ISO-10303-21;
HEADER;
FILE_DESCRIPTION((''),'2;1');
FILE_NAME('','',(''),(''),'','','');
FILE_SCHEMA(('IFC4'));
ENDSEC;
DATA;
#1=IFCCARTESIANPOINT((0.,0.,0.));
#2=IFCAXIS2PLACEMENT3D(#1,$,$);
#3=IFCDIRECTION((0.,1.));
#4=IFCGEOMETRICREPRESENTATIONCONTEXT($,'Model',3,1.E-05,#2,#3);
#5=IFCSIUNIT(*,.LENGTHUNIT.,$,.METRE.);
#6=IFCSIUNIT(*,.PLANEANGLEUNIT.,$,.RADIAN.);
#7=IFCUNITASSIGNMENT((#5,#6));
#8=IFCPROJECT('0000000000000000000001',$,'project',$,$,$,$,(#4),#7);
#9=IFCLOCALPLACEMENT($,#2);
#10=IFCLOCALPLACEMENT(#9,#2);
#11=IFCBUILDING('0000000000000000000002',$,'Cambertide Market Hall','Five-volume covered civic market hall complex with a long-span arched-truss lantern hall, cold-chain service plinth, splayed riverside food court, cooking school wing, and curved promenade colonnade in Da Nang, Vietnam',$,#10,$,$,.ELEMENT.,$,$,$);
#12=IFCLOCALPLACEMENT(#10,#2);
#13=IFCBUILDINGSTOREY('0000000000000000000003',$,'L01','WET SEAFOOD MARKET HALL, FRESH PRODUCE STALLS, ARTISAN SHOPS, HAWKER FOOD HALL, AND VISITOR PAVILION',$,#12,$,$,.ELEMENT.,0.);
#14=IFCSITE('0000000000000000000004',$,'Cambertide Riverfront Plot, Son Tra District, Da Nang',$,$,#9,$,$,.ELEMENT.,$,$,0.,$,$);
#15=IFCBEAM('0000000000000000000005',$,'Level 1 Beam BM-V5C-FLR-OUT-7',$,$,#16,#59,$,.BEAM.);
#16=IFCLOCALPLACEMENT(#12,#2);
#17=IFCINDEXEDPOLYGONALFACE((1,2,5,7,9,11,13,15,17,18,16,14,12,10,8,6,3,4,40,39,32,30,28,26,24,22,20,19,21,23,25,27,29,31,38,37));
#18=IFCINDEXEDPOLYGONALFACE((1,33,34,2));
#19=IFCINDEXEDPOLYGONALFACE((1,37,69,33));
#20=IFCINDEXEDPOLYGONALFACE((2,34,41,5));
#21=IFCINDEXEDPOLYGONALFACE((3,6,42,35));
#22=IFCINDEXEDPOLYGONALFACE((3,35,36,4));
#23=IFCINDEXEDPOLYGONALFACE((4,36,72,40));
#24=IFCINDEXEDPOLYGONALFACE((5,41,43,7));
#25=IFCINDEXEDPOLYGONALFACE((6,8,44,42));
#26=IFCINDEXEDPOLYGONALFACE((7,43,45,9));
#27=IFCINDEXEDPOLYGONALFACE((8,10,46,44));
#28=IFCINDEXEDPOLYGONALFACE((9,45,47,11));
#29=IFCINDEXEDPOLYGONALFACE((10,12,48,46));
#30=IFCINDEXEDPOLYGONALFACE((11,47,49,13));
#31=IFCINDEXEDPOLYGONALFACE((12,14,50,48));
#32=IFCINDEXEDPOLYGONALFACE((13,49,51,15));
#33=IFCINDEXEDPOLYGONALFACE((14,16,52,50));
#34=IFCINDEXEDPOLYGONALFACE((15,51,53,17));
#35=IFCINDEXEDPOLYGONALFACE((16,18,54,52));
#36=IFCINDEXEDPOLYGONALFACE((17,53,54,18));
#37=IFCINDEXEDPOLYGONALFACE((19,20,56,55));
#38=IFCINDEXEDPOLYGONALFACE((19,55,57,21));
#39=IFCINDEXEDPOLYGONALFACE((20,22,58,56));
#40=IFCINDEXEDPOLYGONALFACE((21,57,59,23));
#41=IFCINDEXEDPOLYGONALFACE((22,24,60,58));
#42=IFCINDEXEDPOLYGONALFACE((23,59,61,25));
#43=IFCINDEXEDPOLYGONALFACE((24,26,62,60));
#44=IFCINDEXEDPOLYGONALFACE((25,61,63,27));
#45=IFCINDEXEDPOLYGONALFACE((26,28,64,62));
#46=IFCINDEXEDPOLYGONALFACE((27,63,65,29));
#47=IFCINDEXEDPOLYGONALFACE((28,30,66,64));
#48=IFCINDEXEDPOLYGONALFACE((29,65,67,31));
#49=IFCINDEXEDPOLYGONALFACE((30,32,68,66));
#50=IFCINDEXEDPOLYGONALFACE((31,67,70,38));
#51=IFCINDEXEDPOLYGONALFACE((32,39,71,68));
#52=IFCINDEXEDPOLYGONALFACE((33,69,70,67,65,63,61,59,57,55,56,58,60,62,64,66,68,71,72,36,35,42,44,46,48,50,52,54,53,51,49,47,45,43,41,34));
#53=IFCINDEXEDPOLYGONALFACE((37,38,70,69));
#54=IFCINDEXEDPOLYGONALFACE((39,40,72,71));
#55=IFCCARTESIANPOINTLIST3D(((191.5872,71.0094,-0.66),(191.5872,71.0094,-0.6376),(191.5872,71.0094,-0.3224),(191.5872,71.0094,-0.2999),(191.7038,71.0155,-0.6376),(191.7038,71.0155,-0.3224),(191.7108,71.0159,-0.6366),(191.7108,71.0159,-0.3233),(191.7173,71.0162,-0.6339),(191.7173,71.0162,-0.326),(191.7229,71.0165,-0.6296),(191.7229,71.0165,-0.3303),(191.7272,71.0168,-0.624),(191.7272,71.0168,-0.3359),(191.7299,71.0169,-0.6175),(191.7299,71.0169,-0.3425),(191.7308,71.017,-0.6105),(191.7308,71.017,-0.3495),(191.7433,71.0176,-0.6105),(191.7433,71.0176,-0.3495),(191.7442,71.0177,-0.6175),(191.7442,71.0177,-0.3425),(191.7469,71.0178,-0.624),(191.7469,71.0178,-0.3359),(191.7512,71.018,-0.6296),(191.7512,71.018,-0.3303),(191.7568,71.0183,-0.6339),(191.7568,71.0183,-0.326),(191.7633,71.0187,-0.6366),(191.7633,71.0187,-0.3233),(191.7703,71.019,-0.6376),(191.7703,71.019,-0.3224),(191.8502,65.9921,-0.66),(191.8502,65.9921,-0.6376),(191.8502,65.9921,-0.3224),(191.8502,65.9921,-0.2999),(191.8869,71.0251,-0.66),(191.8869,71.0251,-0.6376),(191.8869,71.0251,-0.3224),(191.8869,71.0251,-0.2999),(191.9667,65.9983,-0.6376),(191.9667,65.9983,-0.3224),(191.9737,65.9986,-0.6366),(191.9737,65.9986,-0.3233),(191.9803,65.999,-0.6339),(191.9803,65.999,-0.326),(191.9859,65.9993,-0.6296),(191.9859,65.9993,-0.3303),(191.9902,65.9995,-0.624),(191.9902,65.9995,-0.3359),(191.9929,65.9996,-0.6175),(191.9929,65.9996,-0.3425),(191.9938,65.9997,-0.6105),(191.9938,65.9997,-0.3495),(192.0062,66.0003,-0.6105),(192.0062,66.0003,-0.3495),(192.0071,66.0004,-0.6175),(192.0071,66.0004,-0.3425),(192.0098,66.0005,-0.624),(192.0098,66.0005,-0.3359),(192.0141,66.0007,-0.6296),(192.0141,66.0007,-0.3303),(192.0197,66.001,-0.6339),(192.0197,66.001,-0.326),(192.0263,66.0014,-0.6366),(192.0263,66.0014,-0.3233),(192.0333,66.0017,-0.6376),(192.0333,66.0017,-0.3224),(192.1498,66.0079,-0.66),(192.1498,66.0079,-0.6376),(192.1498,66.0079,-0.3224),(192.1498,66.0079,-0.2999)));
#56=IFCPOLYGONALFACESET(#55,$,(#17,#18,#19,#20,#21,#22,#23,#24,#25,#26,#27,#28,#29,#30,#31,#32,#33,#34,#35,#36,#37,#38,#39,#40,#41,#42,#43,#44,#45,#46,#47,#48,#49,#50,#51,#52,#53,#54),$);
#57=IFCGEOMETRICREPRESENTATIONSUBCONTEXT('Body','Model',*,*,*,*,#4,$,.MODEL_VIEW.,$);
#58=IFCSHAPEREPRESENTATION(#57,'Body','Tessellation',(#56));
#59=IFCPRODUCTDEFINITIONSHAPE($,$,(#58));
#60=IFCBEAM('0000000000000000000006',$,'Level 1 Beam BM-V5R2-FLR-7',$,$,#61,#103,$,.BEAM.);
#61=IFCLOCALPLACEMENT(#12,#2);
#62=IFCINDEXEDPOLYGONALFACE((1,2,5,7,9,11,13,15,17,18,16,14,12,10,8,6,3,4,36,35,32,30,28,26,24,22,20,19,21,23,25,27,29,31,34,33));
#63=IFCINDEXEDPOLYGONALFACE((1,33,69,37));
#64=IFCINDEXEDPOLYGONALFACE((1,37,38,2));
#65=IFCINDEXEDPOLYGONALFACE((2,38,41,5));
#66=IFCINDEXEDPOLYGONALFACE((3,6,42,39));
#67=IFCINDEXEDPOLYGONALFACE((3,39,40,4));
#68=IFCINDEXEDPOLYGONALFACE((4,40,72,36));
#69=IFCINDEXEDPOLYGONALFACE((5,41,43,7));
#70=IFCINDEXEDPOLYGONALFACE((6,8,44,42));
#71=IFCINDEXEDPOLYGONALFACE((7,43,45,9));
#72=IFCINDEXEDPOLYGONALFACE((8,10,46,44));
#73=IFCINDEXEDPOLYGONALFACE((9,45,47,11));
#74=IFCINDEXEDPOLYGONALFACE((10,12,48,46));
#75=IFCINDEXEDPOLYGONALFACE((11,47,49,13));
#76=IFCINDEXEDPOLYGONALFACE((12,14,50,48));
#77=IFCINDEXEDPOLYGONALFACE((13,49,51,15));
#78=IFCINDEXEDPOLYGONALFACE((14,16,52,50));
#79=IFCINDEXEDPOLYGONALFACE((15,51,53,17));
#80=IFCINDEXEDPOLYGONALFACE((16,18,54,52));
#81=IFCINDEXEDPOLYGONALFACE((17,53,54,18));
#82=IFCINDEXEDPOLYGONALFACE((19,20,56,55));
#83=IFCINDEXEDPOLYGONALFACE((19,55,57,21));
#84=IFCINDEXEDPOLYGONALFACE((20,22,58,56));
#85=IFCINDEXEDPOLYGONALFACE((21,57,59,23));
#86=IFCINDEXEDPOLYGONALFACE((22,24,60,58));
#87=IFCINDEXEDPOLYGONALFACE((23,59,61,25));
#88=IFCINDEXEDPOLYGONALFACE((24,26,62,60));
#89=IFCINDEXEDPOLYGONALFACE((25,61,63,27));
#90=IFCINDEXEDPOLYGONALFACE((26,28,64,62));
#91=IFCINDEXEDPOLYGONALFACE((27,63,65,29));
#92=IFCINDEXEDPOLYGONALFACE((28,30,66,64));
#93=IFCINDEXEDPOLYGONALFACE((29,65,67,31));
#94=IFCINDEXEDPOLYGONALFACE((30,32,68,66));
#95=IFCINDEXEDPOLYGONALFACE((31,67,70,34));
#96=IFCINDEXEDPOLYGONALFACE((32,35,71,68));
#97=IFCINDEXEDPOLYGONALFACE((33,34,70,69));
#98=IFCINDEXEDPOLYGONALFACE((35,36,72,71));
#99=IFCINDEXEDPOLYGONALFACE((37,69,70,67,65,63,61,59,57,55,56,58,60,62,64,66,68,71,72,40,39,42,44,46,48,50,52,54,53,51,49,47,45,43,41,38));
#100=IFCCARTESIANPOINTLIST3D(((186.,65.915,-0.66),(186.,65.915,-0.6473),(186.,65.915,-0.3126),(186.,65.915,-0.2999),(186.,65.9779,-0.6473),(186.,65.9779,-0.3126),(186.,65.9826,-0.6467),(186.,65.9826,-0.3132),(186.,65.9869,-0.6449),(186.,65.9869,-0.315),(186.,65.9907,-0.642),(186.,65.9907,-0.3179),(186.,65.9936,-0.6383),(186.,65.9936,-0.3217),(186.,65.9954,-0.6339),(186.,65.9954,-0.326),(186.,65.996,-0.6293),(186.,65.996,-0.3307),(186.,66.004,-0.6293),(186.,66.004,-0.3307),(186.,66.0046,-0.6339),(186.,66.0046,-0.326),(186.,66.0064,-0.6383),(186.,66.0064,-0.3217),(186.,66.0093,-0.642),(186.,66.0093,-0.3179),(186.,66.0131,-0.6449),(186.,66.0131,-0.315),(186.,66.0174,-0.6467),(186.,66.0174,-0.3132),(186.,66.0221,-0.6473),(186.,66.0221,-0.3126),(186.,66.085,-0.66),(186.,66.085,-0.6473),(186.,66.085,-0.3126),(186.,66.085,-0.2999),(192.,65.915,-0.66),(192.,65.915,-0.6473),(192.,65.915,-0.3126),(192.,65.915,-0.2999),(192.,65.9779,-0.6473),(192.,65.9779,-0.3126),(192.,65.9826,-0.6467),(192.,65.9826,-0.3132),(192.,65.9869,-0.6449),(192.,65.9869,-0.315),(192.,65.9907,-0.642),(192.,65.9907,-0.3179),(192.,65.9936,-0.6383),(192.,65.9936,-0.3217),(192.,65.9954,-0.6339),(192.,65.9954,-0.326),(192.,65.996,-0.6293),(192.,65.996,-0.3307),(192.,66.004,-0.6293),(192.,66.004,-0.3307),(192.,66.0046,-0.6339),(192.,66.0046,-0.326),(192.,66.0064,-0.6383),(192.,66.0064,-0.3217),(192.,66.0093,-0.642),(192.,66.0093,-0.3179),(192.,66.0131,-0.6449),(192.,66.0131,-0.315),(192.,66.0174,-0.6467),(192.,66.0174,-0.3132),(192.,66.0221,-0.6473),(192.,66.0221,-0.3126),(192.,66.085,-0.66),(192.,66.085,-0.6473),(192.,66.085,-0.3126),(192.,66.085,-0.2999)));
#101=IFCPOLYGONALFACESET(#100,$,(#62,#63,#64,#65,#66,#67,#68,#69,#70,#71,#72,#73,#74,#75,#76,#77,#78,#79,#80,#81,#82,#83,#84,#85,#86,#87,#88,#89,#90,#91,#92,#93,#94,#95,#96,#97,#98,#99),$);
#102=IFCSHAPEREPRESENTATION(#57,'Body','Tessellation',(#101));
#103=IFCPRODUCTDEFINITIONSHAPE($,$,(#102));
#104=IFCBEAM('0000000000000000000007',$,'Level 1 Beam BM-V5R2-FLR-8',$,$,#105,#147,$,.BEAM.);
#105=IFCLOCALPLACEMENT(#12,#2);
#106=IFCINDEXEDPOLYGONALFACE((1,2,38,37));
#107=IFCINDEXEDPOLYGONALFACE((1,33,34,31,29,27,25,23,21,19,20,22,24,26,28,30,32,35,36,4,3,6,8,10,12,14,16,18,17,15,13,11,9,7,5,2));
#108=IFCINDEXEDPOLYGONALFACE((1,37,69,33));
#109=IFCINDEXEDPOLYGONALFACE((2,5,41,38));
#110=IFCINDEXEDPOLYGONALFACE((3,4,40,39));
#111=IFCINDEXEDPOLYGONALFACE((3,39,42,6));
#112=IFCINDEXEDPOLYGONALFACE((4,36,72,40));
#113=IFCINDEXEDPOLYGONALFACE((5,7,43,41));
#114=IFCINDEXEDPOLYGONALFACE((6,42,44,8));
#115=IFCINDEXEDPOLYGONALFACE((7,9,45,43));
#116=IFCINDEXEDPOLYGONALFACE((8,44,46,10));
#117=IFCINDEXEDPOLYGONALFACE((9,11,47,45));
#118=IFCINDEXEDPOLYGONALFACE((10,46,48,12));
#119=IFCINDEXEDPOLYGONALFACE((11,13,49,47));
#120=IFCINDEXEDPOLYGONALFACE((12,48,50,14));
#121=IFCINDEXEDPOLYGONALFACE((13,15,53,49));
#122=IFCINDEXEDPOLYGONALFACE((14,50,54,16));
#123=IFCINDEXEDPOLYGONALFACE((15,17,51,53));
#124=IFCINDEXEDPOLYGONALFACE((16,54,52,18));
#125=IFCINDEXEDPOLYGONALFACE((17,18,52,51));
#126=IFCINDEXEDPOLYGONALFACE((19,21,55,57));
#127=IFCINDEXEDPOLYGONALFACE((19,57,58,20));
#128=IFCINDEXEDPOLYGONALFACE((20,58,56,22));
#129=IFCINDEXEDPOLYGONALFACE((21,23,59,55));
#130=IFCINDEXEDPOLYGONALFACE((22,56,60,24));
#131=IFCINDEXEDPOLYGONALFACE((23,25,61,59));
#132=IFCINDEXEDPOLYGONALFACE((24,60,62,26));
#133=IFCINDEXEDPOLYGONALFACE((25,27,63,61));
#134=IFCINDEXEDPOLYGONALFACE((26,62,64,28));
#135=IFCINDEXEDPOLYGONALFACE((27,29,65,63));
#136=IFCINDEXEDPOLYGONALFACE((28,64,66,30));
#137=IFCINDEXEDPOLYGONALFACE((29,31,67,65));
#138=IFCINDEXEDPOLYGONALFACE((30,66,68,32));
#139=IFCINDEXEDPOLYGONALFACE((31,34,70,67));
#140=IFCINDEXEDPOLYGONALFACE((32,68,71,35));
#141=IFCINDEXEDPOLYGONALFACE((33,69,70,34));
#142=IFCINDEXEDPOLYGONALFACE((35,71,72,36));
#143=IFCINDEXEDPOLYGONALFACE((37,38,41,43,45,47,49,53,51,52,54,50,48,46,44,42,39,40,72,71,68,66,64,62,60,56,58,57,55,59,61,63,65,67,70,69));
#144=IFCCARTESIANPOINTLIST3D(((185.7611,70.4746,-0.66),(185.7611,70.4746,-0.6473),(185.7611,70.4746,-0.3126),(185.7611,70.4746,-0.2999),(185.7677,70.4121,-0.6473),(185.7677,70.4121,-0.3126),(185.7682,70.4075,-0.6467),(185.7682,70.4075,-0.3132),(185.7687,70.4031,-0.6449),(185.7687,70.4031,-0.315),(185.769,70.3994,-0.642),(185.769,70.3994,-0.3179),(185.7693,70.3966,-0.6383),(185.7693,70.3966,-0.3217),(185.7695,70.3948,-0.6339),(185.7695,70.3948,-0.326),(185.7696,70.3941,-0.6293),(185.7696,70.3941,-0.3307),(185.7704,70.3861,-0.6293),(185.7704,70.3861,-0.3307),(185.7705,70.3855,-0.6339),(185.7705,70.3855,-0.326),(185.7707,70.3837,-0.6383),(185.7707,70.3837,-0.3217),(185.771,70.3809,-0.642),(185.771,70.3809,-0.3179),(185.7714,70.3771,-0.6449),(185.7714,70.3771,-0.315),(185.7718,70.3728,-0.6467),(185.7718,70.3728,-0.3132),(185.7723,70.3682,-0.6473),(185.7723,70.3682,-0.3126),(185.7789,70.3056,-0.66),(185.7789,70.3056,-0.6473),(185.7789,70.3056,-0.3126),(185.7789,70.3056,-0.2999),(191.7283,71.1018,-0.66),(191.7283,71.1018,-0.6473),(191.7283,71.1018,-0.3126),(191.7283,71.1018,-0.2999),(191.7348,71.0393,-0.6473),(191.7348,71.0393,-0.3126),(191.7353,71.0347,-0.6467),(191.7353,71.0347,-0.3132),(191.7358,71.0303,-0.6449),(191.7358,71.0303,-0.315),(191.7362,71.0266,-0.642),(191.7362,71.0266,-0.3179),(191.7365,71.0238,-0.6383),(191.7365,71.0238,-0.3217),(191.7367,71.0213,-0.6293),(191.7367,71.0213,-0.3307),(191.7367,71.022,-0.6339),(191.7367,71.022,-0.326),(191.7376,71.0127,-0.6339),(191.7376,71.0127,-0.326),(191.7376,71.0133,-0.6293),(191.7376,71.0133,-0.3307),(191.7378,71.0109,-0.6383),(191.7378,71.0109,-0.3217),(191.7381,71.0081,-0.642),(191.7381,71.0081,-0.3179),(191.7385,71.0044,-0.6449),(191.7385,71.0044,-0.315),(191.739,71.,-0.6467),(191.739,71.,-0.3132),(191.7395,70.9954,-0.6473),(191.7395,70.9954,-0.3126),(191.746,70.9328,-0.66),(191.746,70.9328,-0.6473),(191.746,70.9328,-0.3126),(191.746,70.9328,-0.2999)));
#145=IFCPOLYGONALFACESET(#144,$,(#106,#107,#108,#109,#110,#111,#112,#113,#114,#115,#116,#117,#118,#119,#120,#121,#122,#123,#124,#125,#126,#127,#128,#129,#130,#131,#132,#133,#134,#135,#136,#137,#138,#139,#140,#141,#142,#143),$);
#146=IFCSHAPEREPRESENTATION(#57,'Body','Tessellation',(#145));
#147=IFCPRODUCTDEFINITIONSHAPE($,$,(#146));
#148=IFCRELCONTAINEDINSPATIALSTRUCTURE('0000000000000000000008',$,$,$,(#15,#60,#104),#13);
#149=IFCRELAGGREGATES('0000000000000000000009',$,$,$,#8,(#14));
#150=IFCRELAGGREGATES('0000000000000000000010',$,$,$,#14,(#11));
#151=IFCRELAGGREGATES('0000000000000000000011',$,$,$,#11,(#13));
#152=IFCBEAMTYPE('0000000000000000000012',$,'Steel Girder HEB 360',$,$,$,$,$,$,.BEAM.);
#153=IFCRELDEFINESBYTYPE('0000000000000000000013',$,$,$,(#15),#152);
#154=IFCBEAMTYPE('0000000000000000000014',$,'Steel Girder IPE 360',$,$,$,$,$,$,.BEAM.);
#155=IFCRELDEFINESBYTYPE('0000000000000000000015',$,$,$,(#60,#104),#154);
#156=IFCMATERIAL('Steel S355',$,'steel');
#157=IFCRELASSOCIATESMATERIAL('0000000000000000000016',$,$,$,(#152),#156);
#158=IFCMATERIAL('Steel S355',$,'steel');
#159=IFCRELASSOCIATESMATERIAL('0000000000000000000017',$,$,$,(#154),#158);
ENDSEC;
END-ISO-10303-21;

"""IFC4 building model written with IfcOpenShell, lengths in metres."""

from ifc_helpers import new_model, si_unit, direction, frame, origin, origin_2d, place, context, subcontext, project, spatial, i_section, extrude, material, material_profile, profile_set, type_object, element, save


model = new_model("IFC4")

# Units and contexts
model_context = context("Model", 3, precision=1e-05, world=origin(), true_north=direction((0.0, 1.0)))
body_context = subcontext(model_context, "Body", "Model", "MODEL_VIEW")
ifc_project = project(units=[si_unit("LENGTHUNIT", "METRE"), si_unit("PLANEANGLEUNIT", "RADIAN")], contexts=[model_context])

# Site, building, storey
site_placement = place(None, origin())
site = spatial("IfcSite", under=ifc_project, at=site_placement, Name="Cambertide Riverfront Plot, Son Tra District, Da Nang", CompositionType="ELEMENT", RefElevation=0.0)
building_placement = place(site_placement, origin())
building = spatial("IfcBuilding", under=site, at=building_placement, Name="Cambertide Market Hall", Description="Five-volume covered civic market hall complex with a long-span arched-truss lantern hall, cold-chain service plinth, splayed riverside food court, cooking school wing, and curved promenade colonnade in Da Nang, Vietnam", CompositionType="ELEMENT")
storey_placement = place(building_placement, origin())
storey = spatial("IfcBuildingStorey", under=building, at=storey_placement, Name="L01", Description="WET SEAFOOD MARKET HALL, FRESH PRODUCE STALLS, ARTISAN SHOPS, HAWKER FOOD HALL, AND VISITOR PAVILION", CompositionType="ELEMENT", Elevation=0.0)

# Beams
ifc_material_1 = material(Name="Steel S355", Category="steel")
ifc_material_profile_1 = material_profile(ifc_material_1, i_section(OverallWidth=0.3, OverallDepth=0.3601, WebThickness=0.0125, FlangeThickness=0.0225, FilletRadius=0.0271, at=origin_2d()), Name="HEB 360")
ifc_profile_set_1 = profile_set([ifc_material_profile_1], Name="Steel S355")
beam_type_1 = type_object("IfcBeamType", Name="Steel Girder HEB 360", PredefinedType="BEAM", material=ifc_profile_set_1)
beam_1_placement = place(storey_placement, frame((192.0, 66.0, -0.48), z_axis=(-0.052334, 0.99863, 0.0), x_axis=(-0.99863, -0.052334, 0.0)))
element("IfcBeam", 1, at=beam_1_placement, inside=storey, type_object=beam_type_1, Name="Level 1 Beam BM-V5C-FLR-OUT-7", PredefinedType="BEAM", context=body_context, shape_type="SweptSolid", body=[
    extrude(i_section(OverallWidth=0.3, OverallDepth=0.3601, WebThickness=0.0125, FlangeThickness=0.0225, FilletRadius=0.0271, at=origin_2d()), origin(), (0.0, 0.0, 1.0), 5.0242),
])
ifc_material_2 = material(Name="Steel S355", Category="steel")
ifc_material_profile_2 = material_profile(ifc_material_2, i_section(OverallWidth=0.1699, OverallDepth=0.3601, WebThickness=0.0081, FlangeThickness=0.0127, FilletRadius=0.0181, at=origin_2d()), Name="IPE 360")
ifc_profile_set_2 = profile_set([ifc_material_profile_2], Name="Steel S355")
beam_type_2 = type_object("IfcBeamType", Name="Steel Girder IPE 360", PredefinedType="BEAM", material=ifc_profile_set_2)
for number, where, z_axis, x_axis, name in (
    (2, (186.0, 66.0, -0.48), (1.0, 0.0, 0.0), (0.0, 1.0, 0.0), "Level 1 Beam BM-V5R2-FLR-7"),
    (3, (185.77, 70.3901, -0.48), (0.994521, 0.104534, 0.0), (-0.104534, 0.994521, 0.0), "Level 1 Beam BM-V5R2-FLR-8"),
):
    element("IfcBeam", number, at=place(storey_placement, frame(where, z_axis=z_axis, x_axis=x_axis)), inside=storey, type_object=beam_type_2, Name=name, PredefinedType="BEAM", context=body_context, shape_type="SweptSolid", body=[
        extrude(i_section(OverallWidth=0.1699, OverallDepth=0.3601, WebThickness=0.0081, FlangeThickness=0.0127, FilletRadius=0.0181, at=origin_2d()), origin(), (0.0, 0.0, 1.0), 6.0),
    ])

save(model, "model.ifc")
